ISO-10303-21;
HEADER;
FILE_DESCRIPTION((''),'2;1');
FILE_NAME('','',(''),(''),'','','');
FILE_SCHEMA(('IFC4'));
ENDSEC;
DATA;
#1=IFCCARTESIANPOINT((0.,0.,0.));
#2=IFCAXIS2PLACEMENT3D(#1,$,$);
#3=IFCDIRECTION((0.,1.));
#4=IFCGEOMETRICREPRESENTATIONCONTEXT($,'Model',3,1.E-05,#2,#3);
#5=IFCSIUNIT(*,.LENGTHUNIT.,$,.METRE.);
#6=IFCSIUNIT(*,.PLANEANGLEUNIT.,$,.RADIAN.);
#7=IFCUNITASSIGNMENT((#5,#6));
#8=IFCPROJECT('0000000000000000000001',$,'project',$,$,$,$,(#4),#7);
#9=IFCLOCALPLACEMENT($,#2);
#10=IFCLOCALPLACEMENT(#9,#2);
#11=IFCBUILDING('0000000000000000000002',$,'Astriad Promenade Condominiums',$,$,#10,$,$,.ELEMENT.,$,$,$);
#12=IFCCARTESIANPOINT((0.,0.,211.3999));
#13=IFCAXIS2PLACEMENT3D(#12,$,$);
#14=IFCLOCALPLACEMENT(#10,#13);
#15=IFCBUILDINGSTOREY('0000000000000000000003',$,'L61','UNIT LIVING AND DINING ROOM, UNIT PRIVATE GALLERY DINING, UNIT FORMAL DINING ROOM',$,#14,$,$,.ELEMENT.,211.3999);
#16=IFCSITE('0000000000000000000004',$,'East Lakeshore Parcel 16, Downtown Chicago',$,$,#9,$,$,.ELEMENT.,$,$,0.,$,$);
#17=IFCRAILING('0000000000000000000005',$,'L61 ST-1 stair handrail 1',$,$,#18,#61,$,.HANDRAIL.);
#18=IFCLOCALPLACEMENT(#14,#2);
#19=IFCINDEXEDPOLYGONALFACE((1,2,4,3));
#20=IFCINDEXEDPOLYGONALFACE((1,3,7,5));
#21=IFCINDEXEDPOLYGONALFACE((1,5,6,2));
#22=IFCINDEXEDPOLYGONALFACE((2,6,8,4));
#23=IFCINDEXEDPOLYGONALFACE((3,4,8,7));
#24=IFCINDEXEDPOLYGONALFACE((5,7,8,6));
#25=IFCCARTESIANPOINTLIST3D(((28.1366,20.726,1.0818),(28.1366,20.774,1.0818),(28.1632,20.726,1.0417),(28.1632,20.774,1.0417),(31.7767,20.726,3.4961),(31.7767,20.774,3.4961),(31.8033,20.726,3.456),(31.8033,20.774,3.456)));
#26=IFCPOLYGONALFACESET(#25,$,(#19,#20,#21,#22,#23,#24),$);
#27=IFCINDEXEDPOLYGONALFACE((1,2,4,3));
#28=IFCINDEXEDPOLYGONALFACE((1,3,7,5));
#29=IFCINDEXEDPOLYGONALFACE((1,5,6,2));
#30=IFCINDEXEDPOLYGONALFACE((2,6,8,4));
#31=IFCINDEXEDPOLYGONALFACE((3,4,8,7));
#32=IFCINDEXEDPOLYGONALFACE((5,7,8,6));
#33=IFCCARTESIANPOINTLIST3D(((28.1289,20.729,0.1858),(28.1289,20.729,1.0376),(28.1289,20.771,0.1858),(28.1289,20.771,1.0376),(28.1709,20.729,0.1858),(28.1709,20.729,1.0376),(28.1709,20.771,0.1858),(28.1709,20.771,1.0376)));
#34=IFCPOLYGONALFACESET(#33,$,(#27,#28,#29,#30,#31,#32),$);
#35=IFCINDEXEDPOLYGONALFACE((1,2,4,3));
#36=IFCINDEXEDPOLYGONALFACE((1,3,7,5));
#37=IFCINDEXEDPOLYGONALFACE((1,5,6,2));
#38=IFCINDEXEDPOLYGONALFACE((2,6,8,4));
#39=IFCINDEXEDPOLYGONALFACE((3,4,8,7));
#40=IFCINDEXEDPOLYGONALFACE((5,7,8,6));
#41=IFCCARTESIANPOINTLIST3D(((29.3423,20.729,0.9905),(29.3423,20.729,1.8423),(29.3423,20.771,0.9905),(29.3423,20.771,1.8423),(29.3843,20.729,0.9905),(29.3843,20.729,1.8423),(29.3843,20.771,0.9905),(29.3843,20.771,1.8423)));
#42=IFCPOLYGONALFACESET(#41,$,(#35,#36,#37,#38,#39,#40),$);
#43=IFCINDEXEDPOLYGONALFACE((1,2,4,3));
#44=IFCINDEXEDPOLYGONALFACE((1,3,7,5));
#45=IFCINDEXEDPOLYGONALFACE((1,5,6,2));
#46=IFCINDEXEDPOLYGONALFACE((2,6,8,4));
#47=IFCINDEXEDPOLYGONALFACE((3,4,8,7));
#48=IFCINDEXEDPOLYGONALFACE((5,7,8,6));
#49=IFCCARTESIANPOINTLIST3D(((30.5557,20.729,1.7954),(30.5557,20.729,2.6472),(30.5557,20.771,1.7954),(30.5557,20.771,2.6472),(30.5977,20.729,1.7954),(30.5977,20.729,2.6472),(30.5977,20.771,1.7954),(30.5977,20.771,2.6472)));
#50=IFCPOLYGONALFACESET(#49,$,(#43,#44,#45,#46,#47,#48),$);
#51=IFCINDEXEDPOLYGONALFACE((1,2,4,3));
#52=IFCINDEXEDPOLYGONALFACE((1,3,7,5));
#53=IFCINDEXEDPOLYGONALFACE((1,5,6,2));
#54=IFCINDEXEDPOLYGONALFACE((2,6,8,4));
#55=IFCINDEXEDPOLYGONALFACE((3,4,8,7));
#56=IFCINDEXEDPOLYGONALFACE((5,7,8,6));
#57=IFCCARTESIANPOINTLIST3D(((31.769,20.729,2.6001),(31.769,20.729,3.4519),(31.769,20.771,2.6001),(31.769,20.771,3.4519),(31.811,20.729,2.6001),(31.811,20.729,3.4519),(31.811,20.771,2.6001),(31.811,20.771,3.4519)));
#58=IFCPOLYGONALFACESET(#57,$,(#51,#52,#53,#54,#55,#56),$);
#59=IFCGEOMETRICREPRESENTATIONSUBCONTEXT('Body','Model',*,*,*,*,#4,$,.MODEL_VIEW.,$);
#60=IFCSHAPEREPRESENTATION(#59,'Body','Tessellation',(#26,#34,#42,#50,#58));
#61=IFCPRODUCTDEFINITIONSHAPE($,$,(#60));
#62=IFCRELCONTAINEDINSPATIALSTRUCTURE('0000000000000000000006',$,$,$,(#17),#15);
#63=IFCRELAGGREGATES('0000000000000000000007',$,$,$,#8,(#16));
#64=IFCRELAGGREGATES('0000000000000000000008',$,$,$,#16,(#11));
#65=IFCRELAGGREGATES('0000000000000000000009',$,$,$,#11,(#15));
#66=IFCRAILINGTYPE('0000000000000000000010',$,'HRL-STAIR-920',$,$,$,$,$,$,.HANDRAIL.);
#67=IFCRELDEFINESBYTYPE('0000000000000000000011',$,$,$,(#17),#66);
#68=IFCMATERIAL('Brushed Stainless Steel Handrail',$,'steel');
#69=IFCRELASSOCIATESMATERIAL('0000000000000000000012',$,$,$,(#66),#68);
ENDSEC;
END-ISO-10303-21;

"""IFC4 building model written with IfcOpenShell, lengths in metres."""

from ifc_helpers import new_model, si_unit, direction, frame, origin, origin_2d, place, context, subcontext, project, spatial, rectangle, extrude, source, transform, mapped, material, type_object, type_shapes, element, save


model = new_model("IFC4")

# Units and contexts
model_context = context("Model", 3, precision=1e-05, world=origin(), true_north=direction((0.0, 1.0)))
body_context = subcontext(model_context, "Body", "Model", "MODEL_VIEW")
ifc_project = project(units=[si_unit("LENGTHUNIT", "METRE"), si_unit("PLANEANGLEUNIT", "RADIAN")], contexts=[model_context])

# Site, building, storey
site_placement = place(None, origin())
site = spatial("IfcSite", under=ifc_project, at=site_placement, Name="East Lakeshore Parcel 16, Downtown Chicago", CompositionType="ELEMENT", RefElevation=0.0)
building_placement = place(site_placement, origin())
building = spatial("IfcBuilding", under=site, at=building_placement, Name="Astriad Promenade Condominiums", CompositionType="ELEMENT")
storey_placement = place(building_placement, frame((0.0, 0.0, 211.3999)))
storey = spatial("IfcBuildingStorey", under=building, at=storey_placement, Name="L61", Description="UNIT LIVING AND DINING ROOM, UNIT PRIVATE GALLERY DINING, UNIT FORMAL DINING ROOM", CompositionType="ELEMENT", Elevation=211.3999)

# Railing
ifc_material_1 = material(Name="Brushed Stainless Steel Handrail", Category="steel")
railing_type_1 = type_object("IfcRailingType", Name="HRL-STAIR-920", PredefinedType="HANDRAIL", material=ifc_material_1)
shared_shape_1 = source(origin(), body_context, "Body", "SweptSolid", [
    extrude(rectangle(XDim=0.0481, YDim=0.0481, at=origin_2d()), frame((0.0, 0.0, 0.876), z_axis=(0.833364, 0.0, 0.552725), x_axis=(0.0, 1.0, 0.0)), (0.0, 0.0, 1.0), 4.3679),
    extrude(rectangle(XDim=0.042, YDim=0.042, at=origin_2d()), origin(), (0.0, 0.0, 1.0), 0.8518),
    extrude(rectangle(XDim=0.042, YDim=0.042, at=origin_2d()), frame((1.2134, 0.0, 0.8047)), (0.0, 0.0, 1.0), 0.8518),
    extrude(rectangle(XDim=0.042, YDim=0.042, at=origin_2d()), frame((2.4268, 0.0, 1.6096)), (0.0, 0.0, 1.0), 0.8518),
    extrude(rectangle(XDim=0.042, YDim=0.042, at=origin_2d()), frame((3.6401, 0.0, 2.4143)), (0.0, 0.0, 1.0), 0.8518),
])
type_shapes(railing_type_1, [shared_shape_1])
railing_1_placement = place(storey_placement, frame((28.1499, 20.75, 0.1858)))
element("IfcRailing", 1, at=railing_1_placement, inside=storey, type_object=railing_type_1, Name="L61 ST-1 stair handrail 1", PredefinedType="HANDRAIL", context=body_context, shape_type="MappedRepresentation", body=[
    mapped(shared_shape_1, transform((0.0, 0.0, 0.0), scale=1.0)),
])

save(model, "model.ifc")
